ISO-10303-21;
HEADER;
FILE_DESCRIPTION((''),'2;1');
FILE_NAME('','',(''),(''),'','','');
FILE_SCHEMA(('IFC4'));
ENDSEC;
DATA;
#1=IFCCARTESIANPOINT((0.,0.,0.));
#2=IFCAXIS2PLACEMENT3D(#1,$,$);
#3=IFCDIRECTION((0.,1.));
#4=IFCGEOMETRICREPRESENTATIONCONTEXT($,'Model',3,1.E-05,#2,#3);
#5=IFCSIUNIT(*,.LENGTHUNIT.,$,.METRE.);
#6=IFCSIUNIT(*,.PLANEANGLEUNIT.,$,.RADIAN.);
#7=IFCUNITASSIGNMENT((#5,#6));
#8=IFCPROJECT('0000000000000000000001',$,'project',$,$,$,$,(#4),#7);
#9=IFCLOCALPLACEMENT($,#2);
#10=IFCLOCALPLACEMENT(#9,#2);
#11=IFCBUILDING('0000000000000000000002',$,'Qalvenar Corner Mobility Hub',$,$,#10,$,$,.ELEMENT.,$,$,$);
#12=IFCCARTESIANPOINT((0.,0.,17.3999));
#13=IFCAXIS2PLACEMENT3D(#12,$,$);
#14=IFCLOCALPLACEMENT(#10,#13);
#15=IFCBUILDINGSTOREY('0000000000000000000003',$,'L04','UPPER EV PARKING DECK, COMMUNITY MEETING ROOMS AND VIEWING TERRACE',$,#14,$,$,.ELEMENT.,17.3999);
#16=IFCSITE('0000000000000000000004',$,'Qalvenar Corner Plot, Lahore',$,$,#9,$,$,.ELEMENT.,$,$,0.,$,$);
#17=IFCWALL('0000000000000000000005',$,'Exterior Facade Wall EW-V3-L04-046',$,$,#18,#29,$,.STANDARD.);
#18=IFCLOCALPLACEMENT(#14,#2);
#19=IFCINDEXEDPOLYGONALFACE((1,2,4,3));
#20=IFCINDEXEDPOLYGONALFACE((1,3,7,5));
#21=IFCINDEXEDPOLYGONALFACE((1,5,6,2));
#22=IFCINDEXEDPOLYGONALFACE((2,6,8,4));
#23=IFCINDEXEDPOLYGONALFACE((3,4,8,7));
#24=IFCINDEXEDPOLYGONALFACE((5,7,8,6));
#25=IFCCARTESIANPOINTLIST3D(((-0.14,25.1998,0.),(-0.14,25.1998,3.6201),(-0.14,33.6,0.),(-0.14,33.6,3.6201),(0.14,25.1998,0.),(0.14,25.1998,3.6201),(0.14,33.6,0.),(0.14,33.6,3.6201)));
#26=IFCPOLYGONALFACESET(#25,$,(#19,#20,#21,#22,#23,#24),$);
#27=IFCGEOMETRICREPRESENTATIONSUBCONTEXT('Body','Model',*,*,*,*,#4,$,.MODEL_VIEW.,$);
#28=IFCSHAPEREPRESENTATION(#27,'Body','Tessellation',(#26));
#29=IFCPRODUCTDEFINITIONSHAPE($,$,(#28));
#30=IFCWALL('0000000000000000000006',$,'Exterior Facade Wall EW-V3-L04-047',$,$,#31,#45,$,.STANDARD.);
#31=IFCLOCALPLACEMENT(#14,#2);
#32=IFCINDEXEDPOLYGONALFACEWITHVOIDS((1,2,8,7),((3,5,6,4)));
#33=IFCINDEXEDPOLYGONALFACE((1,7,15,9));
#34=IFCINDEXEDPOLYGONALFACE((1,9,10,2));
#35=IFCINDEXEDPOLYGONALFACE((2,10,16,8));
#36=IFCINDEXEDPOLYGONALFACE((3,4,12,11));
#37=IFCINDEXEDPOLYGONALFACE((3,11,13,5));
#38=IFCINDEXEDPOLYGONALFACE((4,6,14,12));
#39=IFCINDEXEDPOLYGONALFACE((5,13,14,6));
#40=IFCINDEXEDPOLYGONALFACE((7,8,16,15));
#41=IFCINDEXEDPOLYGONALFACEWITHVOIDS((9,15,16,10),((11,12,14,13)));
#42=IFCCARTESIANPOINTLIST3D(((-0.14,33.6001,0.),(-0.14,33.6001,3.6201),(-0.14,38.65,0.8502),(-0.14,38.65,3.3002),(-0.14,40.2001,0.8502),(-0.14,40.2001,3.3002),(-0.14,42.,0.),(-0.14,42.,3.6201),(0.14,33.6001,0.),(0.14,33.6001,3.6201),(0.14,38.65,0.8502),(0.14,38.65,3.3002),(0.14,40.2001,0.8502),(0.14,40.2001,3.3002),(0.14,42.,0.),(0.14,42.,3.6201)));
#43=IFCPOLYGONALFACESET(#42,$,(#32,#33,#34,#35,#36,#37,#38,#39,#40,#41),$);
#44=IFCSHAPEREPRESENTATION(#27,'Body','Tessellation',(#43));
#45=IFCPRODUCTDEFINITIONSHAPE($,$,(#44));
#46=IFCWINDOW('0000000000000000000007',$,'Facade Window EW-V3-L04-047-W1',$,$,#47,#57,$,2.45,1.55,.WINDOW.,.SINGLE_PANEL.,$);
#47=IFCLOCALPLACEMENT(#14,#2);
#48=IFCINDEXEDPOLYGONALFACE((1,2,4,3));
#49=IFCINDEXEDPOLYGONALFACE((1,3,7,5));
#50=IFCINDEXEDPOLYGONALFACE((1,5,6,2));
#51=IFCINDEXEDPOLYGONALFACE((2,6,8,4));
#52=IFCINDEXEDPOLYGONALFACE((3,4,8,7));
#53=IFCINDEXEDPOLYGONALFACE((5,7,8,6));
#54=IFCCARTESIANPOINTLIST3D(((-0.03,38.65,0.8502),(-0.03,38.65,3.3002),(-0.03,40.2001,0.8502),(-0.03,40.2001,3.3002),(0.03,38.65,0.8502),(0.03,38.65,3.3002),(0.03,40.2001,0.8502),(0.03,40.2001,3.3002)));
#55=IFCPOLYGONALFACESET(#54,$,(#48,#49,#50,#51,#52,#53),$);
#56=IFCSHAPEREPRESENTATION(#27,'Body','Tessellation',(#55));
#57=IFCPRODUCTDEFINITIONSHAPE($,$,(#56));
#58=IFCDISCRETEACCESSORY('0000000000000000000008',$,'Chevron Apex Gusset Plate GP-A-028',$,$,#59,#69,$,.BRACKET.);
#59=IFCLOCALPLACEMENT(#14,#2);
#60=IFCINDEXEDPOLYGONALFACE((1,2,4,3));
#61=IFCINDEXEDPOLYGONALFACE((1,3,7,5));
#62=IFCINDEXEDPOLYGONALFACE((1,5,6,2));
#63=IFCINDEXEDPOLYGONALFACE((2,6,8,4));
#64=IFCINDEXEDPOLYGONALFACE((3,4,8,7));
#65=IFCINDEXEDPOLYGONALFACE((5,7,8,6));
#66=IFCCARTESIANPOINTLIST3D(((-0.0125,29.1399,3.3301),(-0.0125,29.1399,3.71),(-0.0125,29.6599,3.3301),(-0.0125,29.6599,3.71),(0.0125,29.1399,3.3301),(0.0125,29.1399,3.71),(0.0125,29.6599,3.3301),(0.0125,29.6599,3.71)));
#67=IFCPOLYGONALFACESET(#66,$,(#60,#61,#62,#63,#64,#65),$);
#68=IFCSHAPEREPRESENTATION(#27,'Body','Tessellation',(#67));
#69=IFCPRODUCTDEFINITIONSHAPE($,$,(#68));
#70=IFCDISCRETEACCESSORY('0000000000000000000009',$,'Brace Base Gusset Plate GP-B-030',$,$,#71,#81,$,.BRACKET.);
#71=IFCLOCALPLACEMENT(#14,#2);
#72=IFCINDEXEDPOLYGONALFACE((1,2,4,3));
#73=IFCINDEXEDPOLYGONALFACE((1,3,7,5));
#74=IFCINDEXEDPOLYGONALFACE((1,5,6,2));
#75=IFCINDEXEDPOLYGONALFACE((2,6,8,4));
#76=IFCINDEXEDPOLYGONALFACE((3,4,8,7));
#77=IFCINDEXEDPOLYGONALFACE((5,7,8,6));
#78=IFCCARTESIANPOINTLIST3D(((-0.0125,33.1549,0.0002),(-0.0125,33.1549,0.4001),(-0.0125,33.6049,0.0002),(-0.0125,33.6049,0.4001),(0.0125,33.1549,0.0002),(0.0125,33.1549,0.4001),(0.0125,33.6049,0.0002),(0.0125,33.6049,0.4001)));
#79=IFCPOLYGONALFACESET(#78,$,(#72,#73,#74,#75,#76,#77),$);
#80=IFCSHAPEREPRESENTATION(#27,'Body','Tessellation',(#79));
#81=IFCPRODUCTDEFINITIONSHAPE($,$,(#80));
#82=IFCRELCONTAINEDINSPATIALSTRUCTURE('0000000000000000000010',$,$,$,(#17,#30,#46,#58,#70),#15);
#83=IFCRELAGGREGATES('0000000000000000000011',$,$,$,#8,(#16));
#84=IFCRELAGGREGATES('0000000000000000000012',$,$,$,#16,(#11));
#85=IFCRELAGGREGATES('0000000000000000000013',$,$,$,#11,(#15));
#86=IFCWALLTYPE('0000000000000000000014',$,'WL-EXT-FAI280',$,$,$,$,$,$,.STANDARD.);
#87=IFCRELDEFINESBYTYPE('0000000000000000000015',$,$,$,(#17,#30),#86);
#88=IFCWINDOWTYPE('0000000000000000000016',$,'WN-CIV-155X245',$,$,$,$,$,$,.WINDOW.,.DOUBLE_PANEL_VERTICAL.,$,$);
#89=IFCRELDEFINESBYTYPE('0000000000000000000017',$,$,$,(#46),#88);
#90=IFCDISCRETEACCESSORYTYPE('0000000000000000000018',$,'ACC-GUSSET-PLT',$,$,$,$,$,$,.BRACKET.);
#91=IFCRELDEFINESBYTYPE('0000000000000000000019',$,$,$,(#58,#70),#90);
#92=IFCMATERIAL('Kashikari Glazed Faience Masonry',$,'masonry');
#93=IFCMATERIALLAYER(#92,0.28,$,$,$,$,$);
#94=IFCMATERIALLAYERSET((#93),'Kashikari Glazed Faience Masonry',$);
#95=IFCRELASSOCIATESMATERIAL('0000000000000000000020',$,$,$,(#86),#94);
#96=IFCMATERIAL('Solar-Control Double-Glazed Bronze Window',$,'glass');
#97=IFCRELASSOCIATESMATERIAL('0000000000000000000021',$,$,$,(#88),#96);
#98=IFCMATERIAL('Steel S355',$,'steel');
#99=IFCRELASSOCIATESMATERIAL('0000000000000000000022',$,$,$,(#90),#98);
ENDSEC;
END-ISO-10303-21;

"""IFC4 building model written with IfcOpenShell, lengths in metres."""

from ifc_helpers import new_model, si_unit, direction, frame, frame_2d, origin, origin_2d, place, context, subcontext, project, spatial, rectangle, extrude, material, layer, layer_set, type_object, element, fill, save


model = new_model("IFC4")

# Units and contexts
model_context = context("Model", 3, precision=1e-05, world=origin(), true_north=direction((0.0, 1.0)))
body_context = subcontext(model_context, "Body", "Model", "MODEL_VIEW")
ifc_project = project(units=[si_unit("LENGTHUNIT", "METRE"), si_unit("PLANEANGLEUNIT", "RADIAN")], contexts=[model_context])

# Site, building, storey
site_placement = place(None, origin())
site = spatial("IfcSite", under=ifc_project, at=site_placement, Name="Qalvenar Corner Plot, Lahore", CompositionType="ELEMENT", RefElevation=0.0)
building_placement = place(site_placement, origin())
building = spatial("IfcBuilding", under=site, at=building_placement, Name="Qalvenar Corner Mobility Hub", CompositionType="ELEMENT")
storey_placement = place(building_placement, frame((0.0, 0.0, 17.3999)))
storey = spatial("IfcBuildingStorey", under=building, at=storey_placement, Name="L04", Description="UPPER EV PARKING DECK, COMMUNITY MEETING ROOMS AND VIEWING TERRACE", CompositionType="ELEMENT", Elevation=17.3999)

# Shared definitions
ifc_material_1 = material(Name="Steel S355", Category="steel")

# Wall
ifc_material_2 = material(Name="Kashikari Glazed Faience Masonry", Category="masonry")
ifc_layer_1 = layer(ifc_material_2, 0.28)
ifc_layer_set_1 = layer_set([ifc_layer_1], Name="Kashikari Glazed Faience Masonry")
wall_type = type_object("IfcWallType", Name="WL-EXT-FAI280", PredefinedType="STANDARD", material=ifc_layer_set_1)
wall_1_placement = place(storey_placement, frame((0.0, 33.6001, 0.0), z_axis=(0.0, 0.0, 1.0), x_axis=(0.0, -1.0, 0.0)))
element("IfcWall", 1, at=wall_1_placement, inside=storey, type_object=wall_type, Name="Exterior Facade Wall EW-V3-L04-046", PredefinedType="STANDARD", context=body_context, shape_type="SweptSolid", body=[
    extrude(rectangle(XDim=8.4001, YDim=0.28, at=frame_2d((4.2002, 0.0))), origin(), (0.0, 0.0, 1.0), 3.6201),
])

# Wall, opening, window
wall_2_placement = place(storey_placement, frame((0.0, 42.0, 0.0), z_axis=(0.0, 0.0, 1.0), x_axis=(0.0, -1.0, 0.0)))
wall_2 = element("IfcWall", 2, at=wall_2_placement, inside=storey, type_object=wall_type, Name="Exterior Facade Wall EW-V3-L04-047", PredefinedType="STANDARD", context=body_context, shape_type="SweptSolid", body=[
    extrude(rectangle(XDim=8.3999, YDim=0.28, at=frame_2d((4.2, 0.0))), origin(), (0.0, 0.0, 1.0), 3.6201),
])
opening_placement = place(wall_2_placement, frame((1.8, 0.0, 0.8501)))
opening = element("IfcOpeningElement", 3, at=opening_placement, cuts=wall_2, PredefinedType="OPENING", context=body_context, shape_type="SweptSolid", body=[
    extrude(rectangle(XDim=1.55, YDim=2.45, at=frame_2d((0.7749, 1.2251))), frame((0.0, 0.1499, 0.0), z_axis=(0.0, -1.0, 0.0), x_axis=(1.0, 0.0, 0.0)), (0.0, 0.0, 1.0), 0.3),
])
ifc_material_3 = material(Name="Solar-Control Double-Glazed Bronze Window", Category="glass")
window_type = type_object("IfcWindowType", Name="WN-CIV-155X245", PartitioningType="DOUBLE_PANEL_VERTICAL", PredefinedType="WINDOW", material=ifc_material_3)
window_placement = place(opening_placement, origin())
window = element("IfcWindow", 4, at=window_placement, inside=storey, type_object=window_type, Name="Facade Window EW-V3-L04-047-W1", OverallHeight=2.45, OverallWidth=1.55, PartitioningType="SINGLE_PANEL", PredefinedType="WINDOW", context=body_context, shape_type="SweptSolid", body=[
    extrude(rectangle(XDim=1.55, YDim=2.45, at=frame_2d((0.7749, 1.2251))), frame((0.0, 0.03, 0.0), z_axis=(0.0, -1.0, 0.0), x_axis=(1.0, 0.0, 0.0)), (0.0, 0.0, 1.0), 0.0601),
])
fill(opening, window)

# Discrete accessories
discrete_accessory_type = type_object("IfcDiscreteAccessoryType", Name="ACC-GUSSET-PLT", PredefinedType="BRACKET", material=ifc_material_1)
discrete_accessory_1_placement = place(storey_placement, frame((0.0, 29.3999, 3.3301), z_axis=(0.0, 0.0, 1.0), x_axis=(0.0, 1.0, 0.0)))
element("IfcDiscreteAccessory", 5, at=discrete_accessory_1_placement, inside=storey, type_object=discrete_accessory_type, Name="Chevron Apex Gusset Plate GP-A-028", PredefinedType="BRACKET", context=body_context, shape_type="SweptSolid", body=[
    extrude(rectangle(XDim=0.52, YDim=0.0249, at=origin_2d()), origin(), (0.0, 0.0, 1.0), 0.3799),
])
discrete_accessory_2_placement = place(storey_placement, frame((0.0, 33.3799, 0.0002), z_axis=(0.0, 0.0, 1.0), x_axis=(0.0, 1.0, 0.0)))
element("IfcDiscreteAccessory", 6, at=discrete_accessory_2_placement, inside=storey, type_object=discrete_accessory_type, Name="Brace Base Gusset Plate GP-B-030", PredefinedType="BRACKET", context=body_context, shape_type="SweptSolid", body=[
    extrude(rectangle(XDim=0.45, YDim=0.0249, at=origin_2d()), origin(), (0.0, 0.0, 1.0), 0.3999),
])

save(model, "model.ifc")
